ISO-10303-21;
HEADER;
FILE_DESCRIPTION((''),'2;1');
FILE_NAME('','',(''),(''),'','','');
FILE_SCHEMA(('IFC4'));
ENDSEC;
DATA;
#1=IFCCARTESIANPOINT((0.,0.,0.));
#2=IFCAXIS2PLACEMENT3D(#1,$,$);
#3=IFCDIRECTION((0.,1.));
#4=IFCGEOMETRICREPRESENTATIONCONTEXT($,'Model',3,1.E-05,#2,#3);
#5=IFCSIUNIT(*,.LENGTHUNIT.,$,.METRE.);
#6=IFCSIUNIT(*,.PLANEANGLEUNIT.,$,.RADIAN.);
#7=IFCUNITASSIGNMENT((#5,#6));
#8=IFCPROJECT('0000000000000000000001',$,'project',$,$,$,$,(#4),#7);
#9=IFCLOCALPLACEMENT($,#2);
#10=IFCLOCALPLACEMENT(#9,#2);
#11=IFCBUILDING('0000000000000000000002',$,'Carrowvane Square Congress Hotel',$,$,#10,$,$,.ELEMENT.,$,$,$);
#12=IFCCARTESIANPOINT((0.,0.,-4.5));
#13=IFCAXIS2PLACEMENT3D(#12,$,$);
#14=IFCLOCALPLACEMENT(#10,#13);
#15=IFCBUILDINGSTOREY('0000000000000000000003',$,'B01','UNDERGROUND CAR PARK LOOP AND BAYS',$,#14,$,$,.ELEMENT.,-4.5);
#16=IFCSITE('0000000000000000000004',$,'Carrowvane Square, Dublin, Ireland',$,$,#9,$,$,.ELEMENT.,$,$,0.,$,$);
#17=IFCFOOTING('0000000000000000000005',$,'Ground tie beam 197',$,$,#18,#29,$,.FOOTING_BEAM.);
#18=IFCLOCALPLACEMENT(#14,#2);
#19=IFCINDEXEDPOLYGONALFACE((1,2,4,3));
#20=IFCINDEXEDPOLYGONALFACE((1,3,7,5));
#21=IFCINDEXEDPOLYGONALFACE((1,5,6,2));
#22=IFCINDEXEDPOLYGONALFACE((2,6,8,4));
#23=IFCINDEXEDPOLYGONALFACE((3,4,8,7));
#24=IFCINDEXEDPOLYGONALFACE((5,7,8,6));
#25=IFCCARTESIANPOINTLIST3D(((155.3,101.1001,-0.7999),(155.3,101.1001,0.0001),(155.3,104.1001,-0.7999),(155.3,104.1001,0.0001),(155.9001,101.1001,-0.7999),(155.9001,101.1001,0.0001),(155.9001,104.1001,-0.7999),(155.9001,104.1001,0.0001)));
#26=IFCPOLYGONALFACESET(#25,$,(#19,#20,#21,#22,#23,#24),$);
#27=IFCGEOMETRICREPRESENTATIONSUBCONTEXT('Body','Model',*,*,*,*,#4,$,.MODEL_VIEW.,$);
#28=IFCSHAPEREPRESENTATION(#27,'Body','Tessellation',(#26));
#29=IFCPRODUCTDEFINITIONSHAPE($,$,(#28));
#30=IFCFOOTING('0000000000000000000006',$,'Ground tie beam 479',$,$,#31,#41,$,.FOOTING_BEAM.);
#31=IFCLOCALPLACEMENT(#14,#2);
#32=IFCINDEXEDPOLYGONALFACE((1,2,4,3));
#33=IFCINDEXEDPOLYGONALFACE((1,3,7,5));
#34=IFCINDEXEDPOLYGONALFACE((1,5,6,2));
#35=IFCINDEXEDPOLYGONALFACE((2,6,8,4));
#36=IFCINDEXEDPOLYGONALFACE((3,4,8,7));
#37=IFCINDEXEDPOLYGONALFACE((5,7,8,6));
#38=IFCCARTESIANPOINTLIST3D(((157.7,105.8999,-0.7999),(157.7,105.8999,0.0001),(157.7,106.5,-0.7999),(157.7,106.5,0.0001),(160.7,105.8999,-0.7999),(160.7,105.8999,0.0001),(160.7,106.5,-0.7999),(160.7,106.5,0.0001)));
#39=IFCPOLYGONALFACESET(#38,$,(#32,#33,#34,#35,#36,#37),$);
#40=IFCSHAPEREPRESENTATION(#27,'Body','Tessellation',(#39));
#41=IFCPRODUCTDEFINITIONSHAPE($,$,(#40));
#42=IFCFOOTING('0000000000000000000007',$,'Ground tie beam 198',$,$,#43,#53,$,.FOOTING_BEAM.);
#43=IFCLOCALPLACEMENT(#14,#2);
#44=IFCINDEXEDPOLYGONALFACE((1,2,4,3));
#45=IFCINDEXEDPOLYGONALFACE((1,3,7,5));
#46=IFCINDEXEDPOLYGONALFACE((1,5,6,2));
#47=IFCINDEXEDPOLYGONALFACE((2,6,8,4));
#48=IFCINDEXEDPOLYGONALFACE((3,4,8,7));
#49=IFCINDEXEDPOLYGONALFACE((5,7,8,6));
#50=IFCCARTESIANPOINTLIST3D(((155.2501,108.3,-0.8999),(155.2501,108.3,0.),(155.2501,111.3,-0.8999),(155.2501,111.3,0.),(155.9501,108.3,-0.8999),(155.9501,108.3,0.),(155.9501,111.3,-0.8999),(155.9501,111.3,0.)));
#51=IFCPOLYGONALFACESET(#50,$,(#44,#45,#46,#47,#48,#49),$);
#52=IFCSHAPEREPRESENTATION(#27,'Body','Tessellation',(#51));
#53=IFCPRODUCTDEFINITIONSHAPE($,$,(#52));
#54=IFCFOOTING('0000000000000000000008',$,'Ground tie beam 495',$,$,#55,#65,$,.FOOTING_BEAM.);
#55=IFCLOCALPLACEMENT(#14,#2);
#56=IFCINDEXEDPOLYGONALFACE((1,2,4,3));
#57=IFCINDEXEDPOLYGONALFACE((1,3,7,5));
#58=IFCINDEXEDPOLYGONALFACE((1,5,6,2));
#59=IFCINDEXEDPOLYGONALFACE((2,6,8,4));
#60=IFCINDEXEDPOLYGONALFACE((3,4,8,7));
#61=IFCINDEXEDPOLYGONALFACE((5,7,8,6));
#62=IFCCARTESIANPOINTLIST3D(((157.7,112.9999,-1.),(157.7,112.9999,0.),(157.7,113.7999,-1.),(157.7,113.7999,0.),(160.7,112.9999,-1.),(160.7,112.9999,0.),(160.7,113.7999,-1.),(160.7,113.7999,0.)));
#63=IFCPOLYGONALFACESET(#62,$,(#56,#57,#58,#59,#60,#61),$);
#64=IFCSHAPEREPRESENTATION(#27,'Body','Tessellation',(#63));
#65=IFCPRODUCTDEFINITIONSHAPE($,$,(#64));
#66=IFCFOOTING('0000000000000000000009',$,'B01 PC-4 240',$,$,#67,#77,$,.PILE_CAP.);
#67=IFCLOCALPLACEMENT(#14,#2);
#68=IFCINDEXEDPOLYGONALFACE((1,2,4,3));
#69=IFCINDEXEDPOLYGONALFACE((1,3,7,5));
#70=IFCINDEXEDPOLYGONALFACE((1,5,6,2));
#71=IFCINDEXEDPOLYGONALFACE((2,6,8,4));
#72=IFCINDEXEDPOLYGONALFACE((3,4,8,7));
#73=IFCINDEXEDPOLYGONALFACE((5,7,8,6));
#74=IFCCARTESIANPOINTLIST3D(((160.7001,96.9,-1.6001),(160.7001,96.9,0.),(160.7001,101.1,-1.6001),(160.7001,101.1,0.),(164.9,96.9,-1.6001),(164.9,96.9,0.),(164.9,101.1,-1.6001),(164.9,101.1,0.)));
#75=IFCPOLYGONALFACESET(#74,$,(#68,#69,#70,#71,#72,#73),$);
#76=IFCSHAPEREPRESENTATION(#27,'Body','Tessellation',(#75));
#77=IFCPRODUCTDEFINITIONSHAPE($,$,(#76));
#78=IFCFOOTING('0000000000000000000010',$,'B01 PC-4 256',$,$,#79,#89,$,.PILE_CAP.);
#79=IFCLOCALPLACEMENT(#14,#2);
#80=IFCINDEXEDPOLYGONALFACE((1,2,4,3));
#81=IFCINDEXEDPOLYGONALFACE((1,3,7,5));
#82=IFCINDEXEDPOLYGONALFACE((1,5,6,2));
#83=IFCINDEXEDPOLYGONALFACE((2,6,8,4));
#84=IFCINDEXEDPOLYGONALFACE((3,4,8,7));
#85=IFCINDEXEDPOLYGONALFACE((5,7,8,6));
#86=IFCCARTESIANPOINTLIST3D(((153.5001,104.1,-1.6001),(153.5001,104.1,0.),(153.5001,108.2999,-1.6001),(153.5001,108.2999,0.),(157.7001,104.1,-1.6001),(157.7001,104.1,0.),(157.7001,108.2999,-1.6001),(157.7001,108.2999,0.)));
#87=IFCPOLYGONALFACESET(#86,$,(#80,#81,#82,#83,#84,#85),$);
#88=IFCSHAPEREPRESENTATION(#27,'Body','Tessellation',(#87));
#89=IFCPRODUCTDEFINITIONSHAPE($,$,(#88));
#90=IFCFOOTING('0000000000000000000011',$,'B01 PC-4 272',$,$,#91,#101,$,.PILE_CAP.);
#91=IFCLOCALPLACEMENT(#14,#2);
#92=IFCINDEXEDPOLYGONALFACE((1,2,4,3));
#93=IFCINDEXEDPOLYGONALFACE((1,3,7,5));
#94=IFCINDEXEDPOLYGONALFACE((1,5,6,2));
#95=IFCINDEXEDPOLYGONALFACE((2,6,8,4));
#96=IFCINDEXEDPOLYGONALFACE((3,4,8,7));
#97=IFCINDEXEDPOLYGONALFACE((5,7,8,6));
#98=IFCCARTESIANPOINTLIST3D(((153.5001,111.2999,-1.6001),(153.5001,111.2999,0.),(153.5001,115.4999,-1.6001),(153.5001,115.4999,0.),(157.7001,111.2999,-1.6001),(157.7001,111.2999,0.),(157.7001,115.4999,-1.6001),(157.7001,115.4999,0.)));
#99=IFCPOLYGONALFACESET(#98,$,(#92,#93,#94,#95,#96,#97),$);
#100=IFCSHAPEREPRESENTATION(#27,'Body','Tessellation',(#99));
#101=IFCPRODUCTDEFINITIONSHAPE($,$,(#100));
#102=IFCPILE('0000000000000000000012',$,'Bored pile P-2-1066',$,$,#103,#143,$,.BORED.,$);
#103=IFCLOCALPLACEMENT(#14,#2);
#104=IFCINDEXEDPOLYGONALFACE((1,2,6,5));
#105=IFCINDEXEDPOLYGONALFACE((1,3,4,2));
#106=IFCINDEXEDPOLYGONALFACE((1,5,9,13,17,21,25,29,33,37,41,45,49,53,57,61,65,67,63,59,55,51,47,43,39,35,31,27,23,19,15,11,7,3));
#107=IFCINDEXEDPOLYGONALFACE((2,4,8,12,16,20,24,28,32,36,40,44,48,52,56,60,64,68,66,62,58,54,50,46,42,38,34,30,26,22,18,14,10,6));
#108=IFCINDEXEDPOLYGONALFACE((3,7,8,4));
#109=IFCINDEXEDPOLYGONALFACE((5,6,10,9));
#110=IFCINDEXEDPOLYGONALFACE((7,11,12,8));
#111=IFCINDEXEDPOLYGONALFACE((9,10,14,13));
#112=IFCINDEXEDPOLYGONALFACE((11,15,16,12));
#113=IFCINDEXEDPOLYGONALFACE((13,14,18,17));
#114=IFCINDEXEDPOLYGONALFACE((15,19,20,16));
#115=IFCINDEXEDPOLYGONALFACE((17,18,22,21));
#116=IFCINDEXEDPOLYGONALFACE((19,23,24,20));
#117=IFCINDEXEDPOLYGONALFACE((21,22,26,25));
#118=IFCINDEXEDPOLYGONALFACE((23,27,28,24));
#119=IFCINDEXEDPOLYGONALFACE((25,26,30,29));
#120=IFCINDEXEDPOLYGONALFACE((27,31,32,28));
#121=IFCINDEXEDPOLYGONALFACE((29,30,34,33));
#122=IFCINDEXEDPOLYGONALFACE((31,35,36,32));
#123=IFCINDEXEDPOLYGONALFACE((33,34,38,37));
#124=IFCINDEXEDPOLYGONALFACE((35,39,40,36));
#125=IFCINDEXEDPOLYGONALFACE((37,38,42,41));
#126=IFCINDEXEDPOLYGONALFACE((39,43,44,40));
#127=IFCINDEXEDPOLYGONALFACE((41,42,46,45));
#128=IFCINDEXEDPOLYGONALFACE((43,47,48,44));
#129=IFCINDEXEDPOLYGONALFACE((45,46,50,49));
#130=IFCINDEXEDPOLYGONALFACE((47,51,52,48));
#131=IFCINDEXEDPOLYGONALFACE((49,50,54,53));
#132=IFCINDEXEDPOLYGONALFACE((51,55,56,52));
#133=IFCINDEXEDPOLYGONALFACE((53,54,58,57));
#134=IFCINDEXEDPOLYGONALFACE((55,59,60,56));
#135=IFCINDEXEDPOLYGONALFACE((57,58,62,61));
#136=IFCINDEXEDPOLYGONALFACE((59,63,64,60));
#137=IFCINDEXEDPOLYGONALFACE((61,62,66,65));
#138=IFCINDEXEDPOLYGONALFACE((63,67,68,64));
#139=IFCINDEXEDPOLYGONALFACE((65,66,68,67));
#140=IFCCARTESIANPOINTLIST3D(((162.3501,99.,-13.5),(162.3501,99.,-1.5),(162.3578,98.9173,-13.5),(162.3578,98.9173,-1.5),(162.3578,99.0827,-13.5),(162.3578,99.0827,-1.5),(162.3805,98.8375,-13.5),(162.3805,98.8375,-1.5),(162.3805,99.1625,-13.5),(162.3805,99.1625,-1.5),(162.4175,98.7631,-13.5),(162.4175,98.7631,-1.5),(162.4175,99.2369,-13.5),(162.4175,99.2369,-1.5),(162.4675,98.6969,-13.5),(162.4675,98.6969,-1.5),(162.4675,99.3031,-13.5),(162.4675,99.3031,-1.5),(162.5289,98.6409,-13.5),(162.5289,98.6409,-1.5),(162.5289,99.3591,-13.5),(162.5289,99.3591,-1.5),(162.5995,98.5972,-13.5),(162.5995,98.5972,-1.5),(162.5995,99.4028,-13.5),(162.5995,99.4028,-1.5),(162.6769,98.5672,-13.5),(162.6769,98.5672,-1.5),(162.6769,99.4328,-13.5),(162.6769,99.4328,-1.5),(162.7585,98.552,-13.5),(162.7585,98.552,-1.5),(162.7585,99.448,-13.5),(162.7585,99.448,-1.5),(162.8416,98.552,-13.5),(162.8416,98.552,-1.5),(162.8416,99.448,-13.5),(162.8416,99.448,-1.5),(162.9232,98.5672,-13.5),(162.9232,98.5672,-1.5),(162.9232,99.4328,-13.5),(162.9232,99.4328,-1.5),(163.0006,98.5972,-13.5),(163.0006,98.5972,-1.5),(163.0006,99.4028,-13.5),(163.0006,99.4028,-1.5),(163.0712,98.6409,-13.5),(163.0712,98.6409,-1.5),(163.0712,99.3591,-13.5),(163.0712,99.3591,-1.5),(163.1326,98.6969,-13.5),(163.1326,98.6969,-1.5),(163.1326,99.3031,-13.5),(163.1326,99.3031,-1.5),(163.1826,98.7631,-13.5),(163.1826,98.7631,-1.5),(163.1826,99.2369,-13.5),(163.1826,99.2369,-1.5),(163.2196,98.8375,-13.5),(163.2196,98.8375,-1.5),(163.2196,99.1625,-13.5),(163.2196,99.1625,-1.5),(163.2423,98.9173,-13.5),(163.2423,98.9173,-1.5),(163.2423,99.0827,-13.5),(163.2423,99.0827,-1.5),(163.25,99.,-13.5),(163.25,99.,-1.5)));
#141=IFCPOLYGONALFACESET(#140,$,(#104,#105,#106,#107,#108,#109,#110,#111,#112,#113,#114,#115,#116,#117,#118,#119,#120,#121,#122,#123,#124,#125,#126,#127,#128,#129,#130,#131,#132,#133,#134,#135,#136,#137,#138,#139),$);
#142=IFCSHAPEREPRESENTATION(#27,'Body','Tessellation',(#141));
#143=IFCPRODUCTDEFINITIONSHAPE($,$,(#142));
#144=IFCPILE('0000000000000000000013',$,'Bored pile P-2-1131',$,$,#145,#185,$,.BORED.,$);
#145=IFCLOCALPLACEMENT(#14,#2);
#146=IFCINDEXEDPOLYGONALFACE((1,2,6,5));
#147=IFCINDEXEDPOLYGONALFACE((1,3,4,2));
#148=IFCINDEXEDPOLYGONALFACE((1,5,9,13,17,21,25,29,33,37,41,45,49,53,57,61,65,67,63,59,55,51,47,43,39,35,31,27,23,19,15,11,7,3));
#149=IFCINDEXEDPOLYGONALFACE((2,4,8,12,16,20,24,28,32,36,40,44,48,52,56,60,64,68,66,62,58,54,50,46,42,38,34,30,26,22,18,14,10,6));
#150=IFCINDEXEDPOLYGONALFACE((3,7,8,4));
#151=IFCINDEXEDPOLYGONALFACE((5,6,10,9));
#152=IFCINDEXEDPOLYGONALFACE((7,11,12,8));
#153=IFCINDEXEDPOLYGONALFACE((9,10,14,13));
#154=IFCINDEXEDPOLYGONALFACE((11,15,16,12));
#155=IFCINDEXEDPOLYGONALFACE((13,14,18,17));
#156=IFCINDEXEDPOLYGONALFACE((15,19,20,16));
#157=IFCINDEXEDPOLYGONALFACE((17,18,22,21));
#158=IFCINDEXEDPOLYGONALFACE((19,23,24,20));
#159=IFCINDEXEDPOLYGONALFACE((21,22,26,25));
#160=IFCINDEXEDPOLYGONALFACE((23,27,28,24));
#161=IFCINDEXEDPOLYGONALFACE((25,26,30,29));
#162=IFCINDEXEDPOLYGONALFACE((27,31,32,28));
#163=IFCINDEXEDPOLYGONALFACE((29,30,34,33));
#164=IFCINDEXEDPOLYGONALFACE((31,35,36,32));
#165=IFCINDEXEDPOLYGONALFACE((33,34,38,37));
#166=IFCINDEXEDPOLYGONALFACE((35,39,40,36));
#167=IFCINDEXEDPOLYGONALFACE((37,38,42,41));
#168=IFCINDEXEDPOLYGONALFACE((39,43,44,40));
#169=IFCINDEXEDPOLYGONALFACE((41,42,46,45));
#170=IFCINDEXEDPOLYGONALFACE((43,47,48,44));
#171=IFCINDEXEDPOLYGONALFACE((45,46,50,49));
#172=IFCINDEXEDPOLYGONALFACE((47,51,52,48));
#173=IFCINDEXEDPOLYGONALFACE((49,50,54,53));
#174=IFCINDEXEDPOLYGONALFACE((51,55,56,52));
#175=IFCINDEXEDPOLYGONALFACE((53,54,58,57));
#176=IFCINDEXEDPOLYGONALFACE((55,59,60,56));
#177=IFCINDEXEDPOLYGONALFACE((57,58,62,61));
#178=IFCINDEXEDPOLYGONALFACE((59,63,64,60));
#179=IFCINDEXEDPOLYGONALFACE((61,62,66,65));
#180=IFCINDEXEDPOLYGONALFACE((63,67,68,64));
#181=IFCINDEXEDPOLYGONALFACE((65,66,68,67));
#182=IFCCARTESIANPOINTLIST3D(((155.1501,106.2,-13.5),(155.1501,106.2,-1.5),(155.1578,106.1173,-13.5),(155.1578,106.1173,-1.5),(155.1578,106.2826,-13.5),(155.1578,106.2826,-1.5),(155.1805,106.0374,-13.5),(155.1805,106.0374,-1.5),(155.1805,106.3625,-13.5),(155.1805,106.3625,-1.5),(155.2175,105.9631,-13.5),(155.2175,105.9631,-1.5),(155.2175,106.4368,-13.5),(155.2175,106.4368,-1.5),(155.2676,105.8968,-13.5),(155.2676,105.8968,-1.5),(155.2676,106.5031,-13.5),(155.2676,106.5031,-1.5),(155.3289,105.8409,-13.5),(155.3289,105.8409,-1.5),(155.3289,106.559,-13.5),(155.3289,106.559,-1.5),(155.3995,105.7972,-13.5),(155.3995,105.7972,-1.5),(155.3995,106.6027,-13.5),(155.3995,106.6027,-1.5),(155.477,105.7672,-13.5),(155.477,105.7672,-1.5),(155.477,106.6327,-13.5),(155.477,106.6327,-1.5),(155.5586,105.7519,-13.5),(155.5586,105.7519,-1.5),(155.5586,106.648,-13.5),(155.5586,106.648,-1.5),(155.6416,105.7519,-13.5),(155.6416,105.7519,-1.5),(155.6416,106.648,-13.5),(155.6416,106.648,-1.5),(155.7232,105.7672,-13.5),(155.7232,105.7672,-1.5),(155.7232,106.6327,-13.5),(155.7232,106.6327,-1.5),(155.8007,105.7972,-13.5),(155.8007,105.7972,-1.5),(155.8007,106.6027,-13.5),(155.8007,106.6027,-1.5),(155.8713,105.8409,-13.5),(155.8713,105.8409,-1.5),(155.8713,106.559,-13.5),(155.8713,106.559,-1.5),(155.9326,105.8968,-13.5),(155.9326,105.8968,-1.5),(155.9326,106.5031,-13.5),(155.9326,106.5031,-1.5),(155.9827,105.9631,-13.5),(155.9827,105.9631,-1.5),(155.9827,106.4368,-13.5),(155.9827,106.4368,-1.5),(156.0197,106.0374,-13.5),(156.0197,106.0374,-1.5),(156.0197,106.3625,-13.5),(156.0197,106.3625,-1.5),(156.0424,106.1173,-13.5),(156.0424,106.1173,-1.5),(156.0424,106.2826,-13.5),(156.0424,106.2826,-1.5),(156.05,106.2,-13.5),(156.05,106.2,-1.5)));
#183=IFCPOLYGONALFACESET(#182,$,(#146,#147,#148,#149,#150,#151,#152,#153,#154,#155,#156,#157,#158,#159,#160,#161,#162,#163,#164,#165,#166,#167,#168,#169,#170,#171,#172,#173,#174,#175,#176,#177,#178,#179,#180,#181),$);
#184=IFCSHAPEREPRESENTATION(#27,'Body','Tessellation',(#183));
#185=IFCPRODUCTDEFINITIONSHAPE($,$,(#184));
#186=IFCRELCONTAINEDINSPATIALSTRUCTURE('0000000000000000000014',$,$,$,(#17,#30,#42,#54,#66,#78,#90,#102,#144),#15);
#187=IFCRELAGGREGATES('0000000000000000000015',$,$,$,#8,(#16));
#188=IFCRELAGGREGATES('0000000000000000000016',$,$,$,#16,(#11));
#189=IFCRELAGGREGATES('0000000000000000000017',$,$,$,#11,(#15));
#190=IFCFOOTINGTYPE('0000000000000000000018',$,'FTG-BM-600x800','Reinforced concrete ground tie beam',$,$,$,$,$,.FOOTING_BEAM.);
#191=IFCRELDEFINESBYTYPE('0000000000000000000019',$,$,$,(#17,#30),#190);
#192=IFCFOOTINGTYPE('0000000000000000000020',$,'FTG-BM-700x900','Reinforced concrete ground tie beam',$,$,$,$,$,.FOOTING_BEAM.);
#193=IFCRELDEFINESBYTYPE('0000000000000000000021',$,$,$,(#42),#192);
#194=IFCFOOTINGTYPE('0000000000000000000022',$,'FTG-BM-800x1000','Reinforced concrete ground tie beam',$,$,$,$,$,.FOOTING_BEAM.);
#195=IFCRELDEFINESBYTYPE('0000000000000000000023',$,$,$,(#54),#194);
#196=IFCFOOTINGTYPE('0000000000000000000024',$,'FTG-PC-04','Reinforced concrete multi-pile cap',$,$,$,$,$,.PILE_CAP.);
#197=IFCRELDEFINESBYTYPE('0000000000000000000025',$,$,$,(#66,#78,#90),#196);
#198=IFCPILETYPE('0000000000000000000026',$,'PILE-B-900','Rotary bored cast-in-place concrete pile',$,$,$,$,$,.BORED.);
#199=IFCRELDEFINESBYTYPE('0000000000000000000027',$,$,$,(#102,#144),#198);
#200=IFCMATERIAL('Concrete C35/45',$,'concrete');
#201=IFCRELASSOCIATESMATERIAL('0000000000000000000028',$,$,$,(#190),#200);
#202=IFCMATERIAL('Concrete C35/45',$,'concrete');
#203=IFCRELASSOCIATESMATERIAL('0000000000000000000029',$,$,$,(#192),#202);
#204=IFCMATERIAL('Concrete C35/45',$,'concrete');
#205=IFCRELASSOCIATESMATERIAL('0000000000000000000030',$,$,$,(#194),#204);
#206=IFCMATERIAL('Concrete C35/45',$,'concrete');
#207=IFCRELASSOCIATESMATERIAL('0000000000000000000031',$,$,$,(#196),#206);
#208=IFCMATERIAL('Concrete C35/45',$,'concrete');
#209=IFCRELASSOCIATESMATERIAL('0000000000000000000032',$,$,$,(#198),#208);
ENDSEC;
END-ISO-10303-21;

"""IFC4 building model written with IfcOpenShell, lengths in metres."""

from ifc_helpers import new_model, si_unit, direction, frame, origin, origin_2d, place, context, subcontext, project, spatial, rectangle, circle, extrude, material, material_profile, profile_set, type_object, element, save


model = new_model("IFC4")

# Units and contexts
model_context = context("Model", 3, precision=1e-05, world=origin(), true_north=direction((0.0, 1.0)))
body_context = subcontext(model_context, "Body", "Model", "MODEL_VIEW")
ifc_project = project(units=[si_unit("LENGTHUNIT", "METRE"), si_unit("PLANEANGLEUNIT", "RADIAN")], contexts=[model_context])

# Site, building, storey
site_placement = place(None, origin())
site = spatial("IfcSite", under=ifc_project, at=site_placement, Name="Carrowvane Square, Dublin, Ireland", CompositionType="ELEMENT", RefElevation=0.0)
building_placement = place(site_placement, origin())
building = spatial("IfcBuilding", under=site, at=building_placement, Name="Carrowvane Square Congress Hotel", CompositionType="ELEMENT")
storey_placement = place(building_placement, frame((0.0, 0.0, -4.5)))
storey = spatial("IfcBuildingStorey", under=building, at=storey_placement, Name="B01", Description="UNDERGROUND CAR PARK LOOP AND BAYS", CompositionType="ELEMENT", Elevation=-4.5)

# Footings
ifc_material_1 = material(Name="Concrete C35/45", Category="concrete")
ifc_material_profile_1 = material_profile(ifc_material_1, rectangle(XDim=0.6001, YDim=0.8, at=origin_2d()), Name="RC 600x800")
ifc_profile_set_1 = profile_set([ifc_material_profile_1], Name="Concrete C35/45")
footing_type_1 = type_object("IfcFootingType", Name="FTG-BM-600x800", Description="Reinforced concrete ground tie beam", PredefinedType="FOOTING_BEAM", material=ifc_profile_set_1)
for number, where, z_axis, x_axis, name in (
    (1, (155.6001, 101.1001, -0.3999), (0.0, 1.0, 0.0), (-1.0, 0.0, 0.0), "Ground tie beam 197"),
    (2, (157.7, 106.2, -0.3999), (1.0, 0.0, 0.0), (0.0, 1.0, 0.0), "Ground tie beam 479"),
):
    element("IfcFooting", number, at=place(storey_placement, frame(where, z_axis=z_axis, x_axis=x_axis)), inside=storey, type_object=footing_type_1, Name=name, PredefinedType="FOOTING_BEAM", context=body_context, shape_type="SweptSolid", body=[
        extrude(rectangle(XDim=0.6001, YDim=0.8, at=origin_2d()), origin(), (0.0, 0.0, 1.0), 3.0),
    ])
ifc_material_2 = material(Name="Concrete C35/45", Category="concrete")
ifc_material_profile_2 = material_profile(ifc_material_2, rectangle(XDim=0.7, YDim=0.8999, at=origin_2d()), Name="RC 700x900")
ifc_profile_set_2 = profile_set([ifc_material_profile_2], Name="Concrete C35/45")
footing_type_2 = type_object("IfcFootingType", Name="FTG-BM-700x900", Description="Reinforced concrete ground tie beam", PredefinedType="FOOTING_BEAM", material=ifc_profile_set_2)
footing_1_placement = place(storey_placement, frame((155.6001, 108.3, -0.45), z_axis=(0.0, 1.0, 0.0), x_axis=(-1.0, 0.0, 0.0)))
element("IfcFooting", 3, at=footing_1_placement, inside=storey, type_object=footing_type_2, Name="Ground tie beam 198", PredefinedType="FOOTING_BEAM", context=body_context, shape_type="SweptSolid", body=[
    extrude(rectangle(XDim=0.7, YDim=0.8999, at=origin_2d()), origin(), (0.0, 0.0, 1.0), 3.0),
])
ifc_material_3 = material(Name="Concrete C35/45", Category="concrete")
ifc_material_profile_3 = material_profile(ifc_material_3, rectangle(XDim=0.8, YDim=1.0, at=origin_2d()), Name="RC 800x1000")
ifc_profile_set_3 = profile_set([ifc_material_profile_3], Name="Concrete C35/45")
footing_type_3 = type_object("IfcFootingType", Name="FTG-BM-800x1000", Description="Reinforced concrete ground tie beam", PredefinedType="FOOTING_BEAM", material=ifc_profile_set_3)
footing_2_placement = place(storey_placement, frame((157.7, 113.3999, -0.5), z_axis=(1.0, 0.0, 0.0), x_axis=(0.0, 1.0, 0.0)))
element("IfcFooting", 4, at=footing_2_placement, inside=storey, type_object=footing_type_3, Name="Ground tie beam 495", PredefinedType="FOOTING_BEAM", context=body_context, shape_type="SweptSolid", body=[
    extrude(rectangle(XDim=0.8, YDim=1.0, at=origin_2d()), origin(), (0.0, 0.0, 1.0), 3.0),
])
ifc_material_4 = material(Name="Concrete C35/45", Category="concrete")
footing_type_4 = type_object("IfcFootingType", Name="FTG-PC-04", Description="Reinforced concrete multi-pile cap", PredefinedType="PILE_CAP", material=ifc_material_4)
for number, where, z_axis, x_axis, name in (
    (5, (162.8, 99.0, -1.6001), (0.0, 0.0, 1.0), (1.0, 0.0, 0.0), "B01 PC-4 240"),
    (6, (155.6001, 106.2, -1.6001), (0.0, 0.0, 1.0), (1.0, 0.0, 0.0), "B01 PC-4 256"),
    (7, (155.6001, 113.3999, -1.6001), (0.0, 0.0, 1.0), (1.0, 0.0, 0.0), "B01 PC-4 272"),
):
    element("IfcFooting", number, at=place(storey_placement, frame(where, z_axis=z_axis, x_axis=x_axis)), inside=storey, type_object=footing_type_4, Name=name, PredefinedType="PILE_CAP", context=body_context, shape_type="SweptSolid", body=[
        extrude(rectangle(XDim=4.2, YDim=4.2, at=origin_2d()), origin(), (0.0, 0.0, 1.0), 1.6001),
    ])

# Piles
ifc_material_5 = material(Name="Concrete C35/45", Category="concrete")
ifc_material_profile_4 = material_profile(ifc_material_5, circle(Radius=0.45, at=origin_2d()), Name="PILE D900")
ifc_profile_set_4 = profile_set([ifc_material_profile_4], Name="Concrete C35/45")
pile_type = type_object("IfcPileType", Name="PILE-B-900", Description="Rotary bored cast-in-place concrete pile", PredefinedType="BORED", material=ifc_profile_set_4)
for number, where, z_axis, x_axis, name in (
    (8, (162.8, 99.0, -1.5), (0.0, 0.0, -1.0), (1.0, 0.0, 0.0), "Bored pile P-2-1066"),
    (9, (155.6001, 106.2, -1.5), (0.0, 0.0, -1.0), (1.0, 0.0, 0.0), "Bored pile P-2-1131"),
):
    element("IfcPile", number, at=place(storey_placement, frame(where, z_axis=z_axis, x_axis=x_axis)), inside=storey, type_object=pile_type, Name=name, PredefinedType="BORED", context=body_context, shape_type="SweptSolid", body=[
        extrude(circle(Radius=0.45, at=origin_2d()), origin(), (0.0, 0.0, 1.0), 12.0),
    ])

save(model, "model.ifc")
